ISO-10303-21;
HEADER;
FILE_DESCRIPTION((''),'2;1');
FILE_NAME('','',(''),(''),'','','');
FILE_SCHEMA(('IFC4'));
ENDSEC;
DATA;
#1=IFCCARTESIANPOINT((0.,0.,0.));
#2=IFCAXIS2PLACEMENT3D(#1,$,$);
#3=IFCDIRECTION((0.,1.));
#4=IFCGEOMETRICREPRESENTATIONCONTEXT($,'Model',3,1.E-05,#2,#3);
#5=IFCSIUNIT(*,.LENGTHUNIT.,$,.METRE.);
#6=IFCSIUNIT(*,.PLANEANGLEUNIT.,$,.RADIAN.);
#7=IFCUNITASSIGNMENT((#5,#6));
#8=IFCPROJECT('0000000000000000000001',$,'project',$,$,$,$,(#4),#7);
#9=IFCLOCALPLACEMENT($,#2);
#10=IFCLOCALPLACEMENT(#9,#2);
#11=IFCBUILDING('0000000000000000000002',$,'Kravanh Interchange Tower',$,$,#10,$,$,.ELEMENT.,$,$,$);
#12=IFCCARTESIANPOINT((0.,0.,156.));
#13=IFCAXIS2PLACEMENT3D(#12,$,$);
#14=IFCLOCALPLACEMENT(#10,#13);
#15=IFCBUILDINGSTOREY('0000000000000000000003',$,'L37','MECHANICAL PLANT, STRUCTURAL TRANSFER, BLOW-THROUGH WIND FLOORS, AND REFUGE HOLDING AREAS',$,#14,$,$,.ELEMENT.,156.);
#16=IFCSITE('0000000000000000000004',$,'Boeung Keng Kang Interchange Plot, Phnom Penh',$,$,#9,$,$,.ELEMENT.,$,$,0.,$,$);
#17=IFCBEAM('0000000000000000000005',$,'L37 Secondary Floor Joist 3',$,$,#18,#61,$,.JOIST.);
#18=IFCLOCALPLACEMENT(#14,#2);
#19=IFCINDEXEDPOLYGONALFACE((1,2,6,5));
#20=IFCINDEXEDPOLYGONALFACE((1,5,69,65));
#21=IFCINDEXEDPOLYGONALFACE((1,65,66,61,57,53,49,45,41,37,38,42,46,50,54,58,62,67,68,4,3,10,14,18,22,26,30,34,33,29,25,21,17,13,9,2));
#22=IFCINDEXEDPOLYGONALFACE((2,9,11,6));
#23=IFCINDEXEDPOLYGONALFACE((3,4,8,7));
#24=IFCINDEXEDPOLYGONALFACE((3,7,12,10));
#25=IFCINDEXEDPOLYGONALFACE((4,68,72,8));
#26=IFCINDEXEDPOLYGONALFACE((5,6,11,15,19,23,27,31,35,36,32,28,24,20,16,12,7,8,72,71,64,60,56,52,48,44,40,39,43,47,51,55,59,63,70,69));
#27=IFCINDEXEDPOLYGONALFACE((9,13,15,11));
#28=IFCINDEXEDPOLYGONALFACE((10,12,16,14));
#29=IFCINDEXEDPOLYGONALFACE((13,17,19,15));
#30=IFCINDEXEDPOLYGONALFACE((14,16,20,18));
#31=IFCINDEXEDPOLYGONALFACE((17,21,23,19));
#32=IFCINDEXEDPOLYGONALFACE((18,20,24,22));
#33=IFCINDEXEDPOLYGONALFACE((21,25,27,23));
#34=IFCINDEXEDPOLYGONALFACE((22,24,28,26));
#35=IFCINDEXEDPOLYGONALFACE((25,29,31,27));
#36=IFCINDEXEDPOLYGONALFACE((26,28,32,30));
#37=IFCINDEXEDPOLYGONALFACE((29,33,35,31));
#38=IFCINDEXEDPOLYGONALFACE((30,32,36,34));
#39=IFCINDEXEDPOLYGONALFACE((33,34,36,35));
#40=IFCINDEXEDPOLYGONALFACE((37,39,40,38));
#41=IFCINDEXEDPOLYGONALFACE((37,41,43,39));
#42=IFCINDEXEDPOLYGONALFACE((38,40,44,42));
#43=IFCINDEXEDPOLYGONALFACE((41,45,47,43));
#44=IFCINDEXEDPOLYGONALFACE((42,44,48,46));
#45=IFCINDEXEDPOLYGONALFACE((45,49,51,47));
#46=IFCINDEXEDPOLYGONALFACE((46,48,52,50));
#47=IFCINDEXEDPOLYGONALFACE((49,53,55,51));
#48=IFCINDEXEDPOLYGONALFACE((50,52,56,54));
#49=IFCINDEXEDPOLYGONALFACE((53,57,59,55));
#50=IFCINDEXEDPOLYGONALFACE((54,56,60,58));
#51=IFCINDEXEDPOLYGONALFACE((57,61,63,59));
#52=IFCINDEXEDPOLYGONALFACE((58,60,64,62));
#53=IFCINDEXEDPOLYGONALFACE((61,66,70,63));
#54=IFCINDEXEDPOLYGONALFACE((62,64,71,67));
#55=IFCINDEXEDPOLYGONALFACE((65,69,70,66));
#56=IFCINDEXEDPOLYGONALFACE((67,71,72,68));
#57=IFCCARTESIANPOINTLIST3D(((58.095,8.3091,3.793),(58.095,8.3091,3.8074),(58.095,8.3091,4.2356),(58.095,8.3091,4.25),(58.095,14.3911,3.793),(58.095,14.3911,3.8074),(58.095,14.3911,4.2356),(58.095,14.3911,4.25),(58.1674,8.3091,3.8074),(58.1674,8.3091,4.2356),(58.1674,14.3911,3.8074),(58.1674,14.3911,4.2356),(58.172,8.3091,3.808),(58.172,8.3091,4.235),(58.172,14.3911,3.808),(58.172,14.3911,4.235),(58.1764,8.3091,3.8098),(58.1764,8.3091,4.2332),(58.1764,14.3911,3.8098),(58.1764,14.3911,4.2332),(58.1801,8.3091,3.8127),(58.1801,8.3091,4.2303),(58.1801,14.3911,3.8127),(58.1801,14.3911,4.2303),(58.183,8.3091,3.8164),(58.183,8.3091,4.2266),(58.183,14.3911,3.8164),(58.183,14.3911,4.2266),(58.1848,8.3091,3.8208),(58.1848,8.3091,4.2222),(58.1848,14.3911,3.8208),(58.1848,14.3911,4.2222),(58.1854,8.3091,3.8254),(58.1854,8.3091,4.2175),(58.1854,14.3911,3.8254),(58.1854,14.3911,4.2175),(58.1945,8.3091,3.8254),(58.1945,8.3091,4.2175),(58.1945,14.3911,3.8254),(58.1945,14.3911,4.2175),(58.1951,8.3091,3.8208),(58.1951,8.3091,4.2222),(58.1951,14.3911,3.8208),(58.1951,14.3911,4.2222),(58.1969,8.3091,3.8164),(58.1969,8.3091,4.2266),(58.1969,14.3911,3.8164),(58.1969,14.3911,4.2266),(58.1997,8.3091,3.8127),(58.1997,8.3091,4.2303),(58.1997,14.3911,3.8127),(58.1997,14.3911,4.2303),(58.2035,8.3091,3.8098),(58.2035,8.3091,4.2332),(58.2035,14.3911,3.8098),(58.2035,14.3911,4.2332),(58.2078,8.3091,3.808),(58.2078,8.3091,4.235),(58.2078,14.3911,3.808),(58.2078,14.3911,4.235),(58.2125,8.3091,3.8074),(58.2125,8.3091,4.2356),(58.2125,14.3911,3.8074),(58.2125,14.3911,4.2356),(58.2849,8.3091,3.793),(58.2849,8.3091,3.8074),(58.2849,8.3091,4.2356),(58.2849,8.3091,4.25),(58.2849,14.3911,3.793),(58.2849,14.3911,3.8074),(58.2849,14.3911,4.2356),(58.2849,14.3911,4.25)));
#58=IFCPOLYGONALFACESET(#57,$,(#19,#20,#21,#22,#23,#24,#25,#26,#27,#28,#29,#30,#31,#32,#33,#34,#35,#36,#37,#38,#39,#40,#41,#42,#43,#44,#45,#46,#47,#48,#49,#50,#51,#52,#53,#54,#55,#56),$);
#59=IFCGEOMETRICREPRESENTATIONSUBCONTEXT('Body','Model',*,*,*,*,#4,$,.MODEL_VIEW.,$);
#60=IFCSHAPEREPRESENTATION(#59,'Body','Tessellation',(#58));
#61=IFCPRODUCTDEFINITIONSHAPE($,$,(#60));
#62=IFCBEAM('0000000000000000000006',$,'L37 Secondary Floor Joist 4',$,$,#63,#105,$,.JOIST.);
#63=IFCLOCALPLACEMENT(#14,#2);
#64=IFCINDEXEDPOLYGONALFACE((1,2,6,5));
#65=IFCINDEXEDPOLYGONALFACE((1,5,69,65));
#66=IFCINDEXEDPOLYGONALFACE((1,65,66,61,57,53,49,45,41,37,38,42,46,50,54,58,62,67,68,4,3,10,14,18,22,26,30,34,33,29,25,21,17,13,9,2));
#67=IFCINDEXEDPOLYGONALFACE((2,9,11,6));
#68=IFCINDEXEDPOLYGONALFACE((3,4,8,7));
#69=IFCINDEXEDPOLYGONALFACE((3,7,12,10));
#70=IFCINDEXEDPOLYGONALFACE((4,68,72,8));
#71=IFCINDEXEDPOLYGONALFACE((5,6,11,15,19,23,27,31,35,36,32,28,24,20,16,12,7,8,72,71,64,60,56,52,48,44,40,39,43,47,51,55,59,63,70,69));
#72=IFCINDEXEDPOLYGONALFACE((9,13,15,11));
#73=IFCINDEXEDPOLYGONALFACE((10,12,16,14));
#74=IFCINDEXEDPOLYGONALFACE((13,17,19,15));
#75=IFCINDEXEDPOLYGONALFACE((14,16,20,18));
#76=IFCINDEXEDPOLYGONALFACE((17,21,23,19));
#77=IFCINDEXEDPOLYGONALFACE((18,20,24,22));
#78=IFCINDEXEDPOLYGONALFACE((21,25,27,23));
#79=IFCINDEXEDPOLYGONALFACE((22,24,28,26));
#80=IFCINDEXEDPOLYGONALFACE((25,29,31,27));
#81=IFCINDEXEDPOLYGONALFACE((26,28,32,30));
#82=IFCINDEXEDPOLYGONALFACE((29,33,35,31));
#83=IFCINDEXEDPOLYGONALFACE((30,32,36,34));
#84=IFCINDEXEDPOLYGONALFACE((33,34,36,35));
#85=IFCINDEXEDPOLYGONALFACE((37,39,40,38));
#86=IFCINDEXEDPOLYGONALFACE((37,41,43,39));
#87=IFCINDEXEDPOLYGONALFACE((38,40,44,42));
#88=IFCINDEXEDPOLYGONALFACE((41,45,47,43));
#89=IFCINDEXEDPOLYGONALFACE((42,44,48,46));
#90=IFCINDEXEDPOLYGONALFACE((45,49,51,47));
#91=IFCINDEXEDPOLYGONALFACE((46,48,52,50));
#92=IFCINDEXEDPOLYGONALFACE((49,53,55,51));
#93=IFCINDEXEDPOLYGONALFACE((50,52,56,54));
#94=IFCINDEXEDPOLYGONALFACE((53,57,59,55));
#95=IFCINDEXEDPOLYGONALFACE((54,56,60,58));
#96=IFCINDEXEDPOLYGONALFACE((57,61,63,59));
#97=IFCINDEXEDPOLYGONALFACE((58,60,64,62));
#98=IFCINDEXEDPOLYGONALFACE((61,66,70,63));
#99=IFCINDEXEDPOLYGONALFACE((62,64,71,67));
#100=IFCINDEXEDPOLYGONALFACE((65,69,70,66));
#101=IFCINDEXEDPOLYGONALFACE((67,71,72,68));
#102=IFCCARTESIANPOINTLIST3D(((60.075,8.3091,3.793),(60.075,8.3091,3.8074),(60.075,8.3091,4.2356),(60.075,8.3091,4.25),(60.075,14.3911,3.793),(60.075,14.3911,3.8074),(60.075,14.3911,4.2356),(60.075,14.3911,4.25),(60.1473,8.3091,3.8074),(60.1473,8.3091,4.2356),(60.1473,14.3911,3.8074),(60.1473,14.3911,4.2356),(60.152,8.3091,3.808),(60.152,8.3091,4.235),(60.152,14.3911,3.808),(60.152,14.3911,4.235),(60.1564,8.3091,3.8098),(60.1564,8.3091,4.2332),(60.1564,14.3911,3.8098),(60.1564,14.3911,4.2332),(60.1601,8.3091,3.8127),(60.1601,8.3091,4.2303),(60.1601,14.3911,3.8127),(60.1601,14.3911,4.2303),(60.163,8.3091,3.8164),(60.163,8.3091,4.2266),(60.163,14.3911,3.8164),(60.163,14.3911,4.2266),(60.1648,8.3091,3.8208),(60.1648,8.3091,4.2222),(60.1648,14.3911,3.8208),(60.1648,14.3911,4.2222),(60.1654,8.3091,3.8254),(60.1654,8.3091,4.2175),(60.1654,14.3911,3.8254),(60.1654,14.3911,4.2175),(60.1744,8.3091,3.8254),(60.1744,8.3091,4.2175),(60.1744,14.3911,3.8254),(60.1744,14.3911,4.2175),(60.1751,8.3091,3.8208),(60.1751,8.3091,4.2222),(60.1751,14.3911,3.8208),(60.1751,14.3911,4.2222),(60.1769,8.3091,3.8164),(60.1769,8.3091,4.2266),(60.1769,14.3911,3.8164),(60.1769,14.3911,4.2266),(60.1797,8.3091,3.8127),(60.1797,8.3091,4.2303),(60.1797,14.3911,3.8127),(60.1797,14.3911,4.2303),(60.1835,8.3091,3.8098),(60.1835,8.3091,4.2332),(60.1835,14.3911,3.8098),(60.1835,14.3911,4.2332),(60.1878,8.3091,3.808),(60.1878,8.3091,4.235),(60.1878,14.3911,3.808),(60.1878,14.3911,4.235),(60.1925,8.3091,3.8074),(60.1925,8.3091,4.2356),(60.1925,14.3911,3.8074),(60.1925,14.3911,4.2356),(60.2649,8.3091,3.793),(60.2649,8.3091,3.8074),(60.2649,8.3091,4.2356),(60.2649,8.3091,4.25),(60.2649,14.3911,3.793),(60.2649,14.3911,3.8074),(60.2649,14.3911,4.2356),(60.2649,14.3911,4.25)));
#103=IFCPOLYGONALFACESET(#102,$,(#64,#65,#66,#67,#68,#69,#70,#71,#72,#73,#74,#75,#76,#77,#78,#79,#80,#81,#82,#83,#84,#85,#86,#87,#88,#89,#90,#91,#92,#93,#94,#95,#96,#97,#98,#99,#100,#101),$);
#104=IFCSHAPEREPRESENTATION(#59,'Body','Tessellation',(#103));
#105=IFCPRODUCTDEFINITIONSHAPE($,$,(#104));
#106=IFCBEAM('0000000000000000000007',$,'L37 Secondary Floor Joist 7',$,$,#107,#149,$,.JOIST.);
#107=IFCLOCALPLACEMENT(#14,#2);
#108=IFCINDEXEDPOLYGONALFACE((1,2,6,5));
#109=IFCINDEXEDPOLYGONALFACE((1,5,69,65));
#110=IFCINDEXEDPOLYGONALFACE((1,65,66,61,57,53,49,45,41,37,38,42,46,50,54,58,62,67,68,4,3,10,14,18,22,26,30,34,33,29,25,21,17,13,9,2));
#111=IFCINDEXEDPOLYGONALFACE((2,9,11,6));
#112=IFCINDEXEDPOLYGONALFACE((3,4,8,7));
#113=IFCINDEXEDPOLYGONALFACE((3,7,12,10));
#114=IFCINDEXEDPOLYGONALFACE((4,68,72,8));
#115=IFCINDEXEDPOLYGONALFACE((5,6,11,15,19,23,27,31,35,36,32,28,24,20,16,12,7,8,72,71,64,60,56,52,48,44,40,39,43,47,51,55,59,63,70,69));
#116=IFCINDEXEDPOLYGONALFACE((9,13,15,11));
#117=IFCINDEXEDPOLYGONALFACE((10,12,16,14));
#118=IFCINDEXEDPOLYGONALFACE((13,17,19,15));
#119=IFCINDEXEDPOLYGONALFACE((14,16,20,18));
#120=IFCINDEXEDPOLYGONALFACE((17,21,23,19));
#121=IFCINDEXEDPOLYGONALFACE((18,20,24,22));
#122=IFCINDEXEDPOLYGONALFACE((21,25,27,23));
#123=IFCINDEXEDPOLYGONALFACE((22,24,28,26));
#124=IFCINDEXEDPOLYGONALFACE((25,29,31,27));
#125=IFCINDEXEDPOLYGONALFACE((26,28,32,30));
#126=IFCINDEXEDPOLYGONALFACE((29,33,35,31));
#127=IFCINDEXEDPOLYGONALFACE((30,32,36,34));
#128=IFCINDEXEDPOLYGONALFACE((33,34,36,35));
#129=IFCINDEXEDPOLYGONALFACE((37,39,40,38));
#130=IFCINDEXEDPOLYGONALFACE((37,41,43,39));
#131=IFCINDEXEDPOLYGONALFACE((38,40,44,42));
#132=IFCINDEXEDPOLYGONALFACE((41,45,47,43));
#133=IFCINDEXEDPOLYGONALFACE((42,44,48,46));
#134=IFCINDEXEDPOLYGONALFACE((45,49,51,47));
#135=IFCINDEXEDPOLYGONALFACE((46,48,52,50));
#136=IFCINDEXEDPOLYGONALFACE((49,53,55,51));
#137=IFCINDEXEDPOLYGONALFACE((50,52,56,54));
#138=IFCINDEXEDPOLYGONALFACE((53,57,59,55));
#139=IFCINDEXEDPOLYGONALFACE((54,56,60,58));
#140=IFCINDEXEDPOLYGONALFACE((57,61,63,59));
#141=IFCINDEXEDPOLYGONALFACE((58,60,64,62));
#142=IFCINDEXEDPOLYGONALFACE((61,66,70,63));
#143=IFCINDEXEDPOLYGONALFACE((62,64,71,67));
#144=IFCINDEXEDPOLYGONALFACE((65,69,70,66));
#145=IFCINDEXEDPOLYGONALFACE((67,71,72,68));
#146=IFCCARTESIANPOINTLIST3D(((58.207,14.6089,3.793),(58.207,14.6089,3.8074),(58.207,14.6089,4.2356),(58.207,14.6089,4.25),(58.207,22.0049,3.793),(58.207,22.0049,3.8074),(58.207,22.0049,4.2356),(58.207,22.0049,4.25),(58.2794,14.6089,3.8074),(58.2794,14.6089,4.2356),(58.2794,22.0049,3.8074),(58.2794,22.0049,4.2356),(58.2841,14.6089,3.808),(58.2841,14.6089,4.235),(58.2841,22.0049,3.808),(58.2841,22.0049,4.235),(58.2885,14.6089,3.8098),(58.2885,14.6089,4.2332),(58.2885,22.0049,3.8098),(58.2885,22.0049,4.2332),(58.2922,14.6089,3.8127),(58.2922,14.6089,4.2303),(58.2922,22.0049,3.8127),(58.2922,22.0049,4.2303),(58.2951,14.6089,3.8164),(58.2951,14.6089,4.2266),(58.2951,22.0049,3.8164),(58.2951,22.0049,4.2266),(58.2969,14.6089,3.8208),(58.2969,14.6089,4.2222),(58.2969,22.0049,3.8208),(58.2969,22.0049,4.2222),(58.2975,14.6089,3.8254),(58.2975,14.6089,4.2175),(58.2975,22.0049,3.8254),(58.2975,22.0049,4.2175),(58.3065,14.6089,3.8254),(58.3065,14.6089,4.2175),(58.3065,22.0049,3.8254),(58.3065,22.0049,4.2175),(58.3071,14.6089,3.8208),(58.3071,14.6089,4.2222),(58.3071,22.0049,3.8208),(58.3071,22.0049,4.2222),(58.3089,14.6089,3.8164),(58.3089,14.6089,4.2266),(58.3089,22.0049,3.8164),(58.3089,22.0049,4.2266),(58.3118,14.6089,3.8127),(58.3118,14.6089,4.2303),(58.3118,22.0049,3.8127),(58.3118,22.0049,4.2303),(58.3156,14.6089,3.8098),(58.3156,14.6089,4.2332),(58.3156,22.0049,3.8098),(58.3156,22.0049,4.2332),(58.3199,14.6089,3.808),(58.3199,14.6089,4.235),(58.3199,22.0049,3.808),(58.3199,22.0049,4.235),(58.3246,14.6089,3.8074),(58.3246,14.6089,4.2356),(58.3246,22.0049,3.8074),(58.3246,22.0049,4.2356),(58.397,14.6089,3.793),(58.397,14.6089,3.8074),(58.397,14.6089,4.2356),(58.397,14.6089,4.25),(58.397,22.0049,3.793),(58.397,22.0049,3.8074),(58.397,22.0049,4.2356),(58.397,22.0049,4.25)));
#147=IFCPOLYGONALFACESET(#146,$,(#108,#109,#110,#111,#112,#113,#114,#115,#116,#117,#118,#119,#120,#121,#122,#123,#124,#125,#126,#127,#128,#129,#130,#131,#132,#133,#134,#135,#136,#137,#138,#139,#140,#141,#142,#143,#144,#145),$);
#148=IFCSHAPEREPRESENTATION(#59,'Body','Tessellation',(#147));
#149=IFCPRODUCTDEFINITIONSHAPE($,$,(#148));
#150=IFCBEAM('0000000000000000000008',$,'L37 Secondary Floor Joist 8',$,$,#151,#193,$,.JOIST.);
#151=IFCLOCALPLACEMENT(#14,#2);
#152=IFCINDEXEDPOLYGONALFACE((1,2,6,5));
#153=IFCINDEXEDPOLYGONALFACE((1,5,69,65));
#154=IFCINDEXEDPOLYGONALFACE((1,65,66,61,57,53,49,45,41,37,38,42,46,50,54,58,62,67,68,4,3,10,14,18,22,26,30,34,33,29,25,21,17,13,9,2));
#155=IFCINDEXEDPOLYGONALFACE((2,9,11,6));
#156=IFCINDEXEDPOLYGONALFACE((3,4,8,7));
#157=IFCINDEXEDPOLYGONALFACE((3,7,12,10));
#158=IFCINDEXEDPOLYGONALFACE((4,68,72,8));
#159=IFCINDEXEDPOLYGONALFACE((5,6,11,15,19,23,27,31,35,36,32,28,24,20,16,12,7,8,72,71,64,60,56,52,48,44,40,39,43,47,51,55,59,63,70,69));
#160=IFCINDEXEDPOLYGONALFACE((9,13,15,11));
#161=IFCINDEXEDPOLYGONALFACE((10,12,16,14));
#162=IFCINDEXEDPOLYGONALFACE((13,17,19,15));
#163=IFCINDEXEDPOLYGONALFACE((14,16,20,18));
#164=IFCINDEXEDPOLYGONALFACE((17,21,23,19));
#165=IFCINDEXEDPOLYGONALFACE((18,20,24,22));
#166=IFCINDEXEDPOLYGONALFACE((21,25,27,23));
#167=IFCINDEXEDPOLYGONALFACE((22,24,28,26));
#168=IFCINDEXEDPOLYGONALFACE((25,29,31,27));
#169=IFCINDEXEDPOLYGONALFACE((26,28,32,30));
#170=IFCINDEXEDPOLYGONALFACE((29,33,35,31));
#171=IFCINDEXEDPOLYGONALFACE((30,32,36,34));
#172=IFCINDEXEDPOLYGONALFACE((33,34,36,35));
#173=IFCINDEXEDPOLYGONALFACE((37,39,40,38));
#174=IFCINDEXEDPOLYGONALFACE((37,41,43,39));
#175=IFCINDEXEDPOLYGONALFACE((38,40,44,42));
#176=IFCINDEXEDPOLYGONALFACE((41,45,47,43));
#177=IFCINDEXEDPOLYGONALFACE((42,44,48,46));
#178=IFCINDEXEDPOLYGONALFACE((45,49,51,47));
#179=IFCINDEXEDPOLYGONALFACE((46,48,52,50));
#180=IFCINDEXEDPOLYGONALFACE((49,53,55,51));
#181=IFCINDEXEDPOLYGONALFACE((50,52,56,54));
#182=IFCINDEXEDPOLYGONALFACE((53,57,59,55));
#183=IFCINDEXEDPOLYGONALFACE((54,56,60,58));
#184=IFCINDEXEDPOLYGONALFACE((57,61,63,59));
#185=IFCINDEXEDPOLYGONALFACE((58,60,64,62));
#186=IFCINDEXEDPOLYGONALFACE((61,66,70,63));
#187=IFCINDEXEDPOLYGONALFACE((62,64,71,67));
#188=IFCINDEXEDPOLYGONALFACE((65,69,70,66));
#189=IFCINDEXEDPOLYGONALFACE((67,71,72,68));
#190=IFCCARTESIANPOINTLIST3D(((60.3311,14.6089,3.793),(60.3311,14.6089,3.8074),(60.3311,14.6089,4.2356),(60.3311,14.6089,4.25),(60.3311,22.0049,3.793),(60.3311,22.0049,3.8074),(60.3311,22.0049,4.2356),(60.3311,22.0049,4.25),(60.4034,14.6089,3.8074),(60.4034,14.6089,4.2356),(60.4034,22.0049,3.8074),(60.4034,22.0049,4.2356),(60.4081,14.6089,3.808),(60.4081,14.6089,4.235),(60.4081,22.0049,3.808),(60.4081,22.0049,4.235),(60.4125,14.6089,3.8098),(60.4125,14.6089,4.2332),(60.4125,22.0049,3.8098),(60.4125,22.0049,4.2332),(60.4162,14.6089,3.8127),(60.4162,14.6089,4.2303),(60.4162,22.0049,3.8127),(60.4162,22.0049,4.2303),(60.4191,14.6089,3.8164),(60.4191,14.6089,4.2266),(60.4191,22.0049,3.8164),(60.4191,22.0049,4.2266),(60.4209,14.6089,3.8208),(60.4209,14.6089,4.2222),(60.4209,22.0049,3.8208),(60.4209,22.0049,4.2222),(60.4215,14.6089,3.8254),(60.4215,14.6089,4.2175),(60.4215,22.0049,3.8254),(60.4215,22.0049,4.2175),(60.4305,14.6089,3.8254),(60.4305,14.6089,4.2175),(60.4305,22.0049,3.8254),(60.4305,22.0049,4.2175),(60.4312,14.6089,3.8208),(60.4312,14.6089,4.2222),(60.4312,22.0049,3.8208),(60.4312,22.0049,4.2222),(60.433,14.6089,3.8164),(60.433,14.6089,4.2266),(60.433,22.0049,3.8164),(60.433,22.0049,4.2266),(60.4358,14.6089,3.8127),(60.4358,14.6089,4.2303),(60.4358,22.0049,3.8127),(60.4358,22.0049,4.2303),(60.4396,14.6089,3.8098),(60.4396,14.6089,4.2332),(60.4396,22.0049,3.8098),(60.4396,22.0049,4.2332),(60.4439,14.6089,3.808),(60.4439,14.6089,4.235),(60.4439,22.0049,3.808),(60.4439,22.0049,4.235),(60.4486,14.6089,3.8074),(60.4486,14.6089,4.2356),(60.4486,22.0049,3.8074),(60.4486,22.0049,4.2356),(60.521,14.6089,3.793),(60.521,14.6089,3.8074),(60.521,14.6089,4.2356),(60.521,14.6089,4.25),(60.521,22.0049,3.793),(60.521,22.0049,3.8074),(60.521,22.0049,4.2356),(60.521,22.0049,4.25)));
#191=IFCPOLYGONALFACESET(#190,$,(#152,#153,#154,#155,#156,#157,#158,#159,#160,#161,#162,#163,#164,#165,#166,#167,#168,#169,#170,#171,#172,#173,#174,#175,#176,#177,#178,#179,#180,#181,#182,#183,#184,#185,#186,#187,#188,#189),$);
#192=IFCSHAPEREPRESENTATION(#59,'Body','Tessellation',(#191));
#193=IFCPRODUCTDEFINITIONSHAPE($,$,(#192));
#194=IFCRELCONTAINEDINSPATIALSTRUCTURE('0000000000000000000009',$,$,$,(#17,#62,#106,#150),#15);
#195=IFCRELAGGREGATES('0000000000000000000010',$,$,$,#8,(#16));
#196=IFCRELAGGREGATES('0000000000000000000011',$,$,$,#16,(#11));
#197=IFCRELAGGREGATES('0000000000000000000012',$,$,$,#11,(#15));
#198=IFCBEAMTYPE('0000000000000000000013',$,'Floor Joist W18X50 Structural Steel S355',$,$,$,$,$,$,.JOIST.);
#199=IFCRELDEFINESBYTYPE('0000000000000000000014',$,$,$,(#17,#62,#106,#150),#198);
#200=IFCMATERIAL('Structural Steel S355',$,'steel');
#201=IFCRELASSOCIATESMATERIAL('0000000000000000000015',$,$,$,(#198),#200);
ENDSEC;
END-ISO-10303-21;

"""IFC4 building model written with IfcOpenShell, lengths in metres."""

from ifc_helpers import new_model, si_unit, direction, frame, origin, origin_2d, place, context, subcontext, project, spatial, i_section, extrude, material, material_profile, profile_set, type_object, element, save


model = new_model("IFC4")

# Units and contexts
model_context = context("Model", 3, precision=1e-05, world=origin(), true_north=direction((0.0, 1.0)))
body_context = subcontext(model_context, "Body", "Model", "MODEL_VIEW")
ifc_project = project(units=[si_unit("LENGTHUNIT", "METRE"), si_unit("PLANEANGLEUNIT", "RADIAN")], contexts=[model_context])

# Site, building, storey
site_placement = place(None, origin())
site = spatial("IfcSite", under=ifc_project, at=site_placement, Name="Boeung Keng Kang Interchange Plot, Phnom Penh", CompositionType="ELEMENT", RefElevation=0.0)
building_placement = place(site_placement, origin())
building = spatial("IfcBuilding", under=site, at=building_placement, Name="Kravanh Interchange Tower", CompositionType="ELEMENT")
storey_placement = place(building_placement, frame((0.0, 0.0, 156.0)))
storey = spatial("IfcBuildingStorey", under=building, at=storey_placement, Name="L37", Description="MECHANICAL PLANT, STRUCTURAL TRANSFER, BLOW-THROUGH WIND FLOORS, AND REFUGE HOLDING AREAS", CompositionType="ELEMENT", Elevation=156.0)

# Beams
ifc_material_1 = material(Name="Structural Steel S355", Category="steel")
ifc_material_profile_1 = material_profile(ifc_material_1, i_section(OverallWidth=0.1899, OverallDepth=0.457, WebThickness=0.009, FlangeThickness=0.0144, FilletRadius=0.0181, at=origin_2d()), Name="W18X50")
ifc_profile_set_1 = profile_set([ifc_material_profile_1], Name="Structural Steel S355")
beam_type_1 = type_object("IfcBeamType", Name="Floor Joist W18X50 Structural Steel S355", PredefinedType="JOIST", material=ifc_profile_set_1)
for number, where, z_axis, x_axis, name in (
    (1, (58.1899, 8.3091, 4.0215), (0.0, 1.0, 0.0), (-1.0, 0.0, 0.0), "L37 Secondary Floor Joist 3"),
    (2, (60.1699, 8.3091, 4.0215), (0.0, 1.0, 0.0), (-1.0, 0.0, 0.0), "L37 Secondary Floor Joist 4"),
):
    element("IfcBeam", number, at=place(storey_placement, frame(where, z_axis=z_axis, x_axis=x_axis)), inside=storey, type_object=beam_type_1, Name=name, PredefinedType="JOIST", context=body_context, shape_type="SweptSolid", body=[
        extrude(i_section(OverallWidth=0.1899, OverallDepth=0.457, WebThickness=0.009, FlangeThickness=0.0144, FilletRadius=0.0181, at=origin_2d()), origin(), (0.0, 0.0, 1.0), 6.082),
    ])
for number, where, z_axis, x_axis, name in (
    (3, (58.302, 14.6089, 4.0215), (0.0, 1.0, 0.0), (-1.0, 0.0, 0.0), "L37 Secondary Floor Joist 7"),
    (4, (60.426, 14.6089, 4.0215), (0.0, 1.0, 0.0), (-1.0, 0.0, 0.0), "L37 Secondary Floor Joist 8"),
):
    element("IfcBeam", number, at=place(storey_placement, frame(where, z_axis=z_axis, x_axis=x_axis)), inside=storey, type_object=beam_type_1, Name=name, PredefinedType="JOIST", context=body_context, shape_type="SweptSolid", body=[
        extrude(i_section(OverallWidth=0.1899, OverallDepth=0.457, WebThickness=0.009, FlangeThickness=0.0144, FilletRadius=0.0181, at=origin_2d()), origin(), (0.0, 0.0, 1.0), 7.396),
    ])

save(model, "model.ifc")
